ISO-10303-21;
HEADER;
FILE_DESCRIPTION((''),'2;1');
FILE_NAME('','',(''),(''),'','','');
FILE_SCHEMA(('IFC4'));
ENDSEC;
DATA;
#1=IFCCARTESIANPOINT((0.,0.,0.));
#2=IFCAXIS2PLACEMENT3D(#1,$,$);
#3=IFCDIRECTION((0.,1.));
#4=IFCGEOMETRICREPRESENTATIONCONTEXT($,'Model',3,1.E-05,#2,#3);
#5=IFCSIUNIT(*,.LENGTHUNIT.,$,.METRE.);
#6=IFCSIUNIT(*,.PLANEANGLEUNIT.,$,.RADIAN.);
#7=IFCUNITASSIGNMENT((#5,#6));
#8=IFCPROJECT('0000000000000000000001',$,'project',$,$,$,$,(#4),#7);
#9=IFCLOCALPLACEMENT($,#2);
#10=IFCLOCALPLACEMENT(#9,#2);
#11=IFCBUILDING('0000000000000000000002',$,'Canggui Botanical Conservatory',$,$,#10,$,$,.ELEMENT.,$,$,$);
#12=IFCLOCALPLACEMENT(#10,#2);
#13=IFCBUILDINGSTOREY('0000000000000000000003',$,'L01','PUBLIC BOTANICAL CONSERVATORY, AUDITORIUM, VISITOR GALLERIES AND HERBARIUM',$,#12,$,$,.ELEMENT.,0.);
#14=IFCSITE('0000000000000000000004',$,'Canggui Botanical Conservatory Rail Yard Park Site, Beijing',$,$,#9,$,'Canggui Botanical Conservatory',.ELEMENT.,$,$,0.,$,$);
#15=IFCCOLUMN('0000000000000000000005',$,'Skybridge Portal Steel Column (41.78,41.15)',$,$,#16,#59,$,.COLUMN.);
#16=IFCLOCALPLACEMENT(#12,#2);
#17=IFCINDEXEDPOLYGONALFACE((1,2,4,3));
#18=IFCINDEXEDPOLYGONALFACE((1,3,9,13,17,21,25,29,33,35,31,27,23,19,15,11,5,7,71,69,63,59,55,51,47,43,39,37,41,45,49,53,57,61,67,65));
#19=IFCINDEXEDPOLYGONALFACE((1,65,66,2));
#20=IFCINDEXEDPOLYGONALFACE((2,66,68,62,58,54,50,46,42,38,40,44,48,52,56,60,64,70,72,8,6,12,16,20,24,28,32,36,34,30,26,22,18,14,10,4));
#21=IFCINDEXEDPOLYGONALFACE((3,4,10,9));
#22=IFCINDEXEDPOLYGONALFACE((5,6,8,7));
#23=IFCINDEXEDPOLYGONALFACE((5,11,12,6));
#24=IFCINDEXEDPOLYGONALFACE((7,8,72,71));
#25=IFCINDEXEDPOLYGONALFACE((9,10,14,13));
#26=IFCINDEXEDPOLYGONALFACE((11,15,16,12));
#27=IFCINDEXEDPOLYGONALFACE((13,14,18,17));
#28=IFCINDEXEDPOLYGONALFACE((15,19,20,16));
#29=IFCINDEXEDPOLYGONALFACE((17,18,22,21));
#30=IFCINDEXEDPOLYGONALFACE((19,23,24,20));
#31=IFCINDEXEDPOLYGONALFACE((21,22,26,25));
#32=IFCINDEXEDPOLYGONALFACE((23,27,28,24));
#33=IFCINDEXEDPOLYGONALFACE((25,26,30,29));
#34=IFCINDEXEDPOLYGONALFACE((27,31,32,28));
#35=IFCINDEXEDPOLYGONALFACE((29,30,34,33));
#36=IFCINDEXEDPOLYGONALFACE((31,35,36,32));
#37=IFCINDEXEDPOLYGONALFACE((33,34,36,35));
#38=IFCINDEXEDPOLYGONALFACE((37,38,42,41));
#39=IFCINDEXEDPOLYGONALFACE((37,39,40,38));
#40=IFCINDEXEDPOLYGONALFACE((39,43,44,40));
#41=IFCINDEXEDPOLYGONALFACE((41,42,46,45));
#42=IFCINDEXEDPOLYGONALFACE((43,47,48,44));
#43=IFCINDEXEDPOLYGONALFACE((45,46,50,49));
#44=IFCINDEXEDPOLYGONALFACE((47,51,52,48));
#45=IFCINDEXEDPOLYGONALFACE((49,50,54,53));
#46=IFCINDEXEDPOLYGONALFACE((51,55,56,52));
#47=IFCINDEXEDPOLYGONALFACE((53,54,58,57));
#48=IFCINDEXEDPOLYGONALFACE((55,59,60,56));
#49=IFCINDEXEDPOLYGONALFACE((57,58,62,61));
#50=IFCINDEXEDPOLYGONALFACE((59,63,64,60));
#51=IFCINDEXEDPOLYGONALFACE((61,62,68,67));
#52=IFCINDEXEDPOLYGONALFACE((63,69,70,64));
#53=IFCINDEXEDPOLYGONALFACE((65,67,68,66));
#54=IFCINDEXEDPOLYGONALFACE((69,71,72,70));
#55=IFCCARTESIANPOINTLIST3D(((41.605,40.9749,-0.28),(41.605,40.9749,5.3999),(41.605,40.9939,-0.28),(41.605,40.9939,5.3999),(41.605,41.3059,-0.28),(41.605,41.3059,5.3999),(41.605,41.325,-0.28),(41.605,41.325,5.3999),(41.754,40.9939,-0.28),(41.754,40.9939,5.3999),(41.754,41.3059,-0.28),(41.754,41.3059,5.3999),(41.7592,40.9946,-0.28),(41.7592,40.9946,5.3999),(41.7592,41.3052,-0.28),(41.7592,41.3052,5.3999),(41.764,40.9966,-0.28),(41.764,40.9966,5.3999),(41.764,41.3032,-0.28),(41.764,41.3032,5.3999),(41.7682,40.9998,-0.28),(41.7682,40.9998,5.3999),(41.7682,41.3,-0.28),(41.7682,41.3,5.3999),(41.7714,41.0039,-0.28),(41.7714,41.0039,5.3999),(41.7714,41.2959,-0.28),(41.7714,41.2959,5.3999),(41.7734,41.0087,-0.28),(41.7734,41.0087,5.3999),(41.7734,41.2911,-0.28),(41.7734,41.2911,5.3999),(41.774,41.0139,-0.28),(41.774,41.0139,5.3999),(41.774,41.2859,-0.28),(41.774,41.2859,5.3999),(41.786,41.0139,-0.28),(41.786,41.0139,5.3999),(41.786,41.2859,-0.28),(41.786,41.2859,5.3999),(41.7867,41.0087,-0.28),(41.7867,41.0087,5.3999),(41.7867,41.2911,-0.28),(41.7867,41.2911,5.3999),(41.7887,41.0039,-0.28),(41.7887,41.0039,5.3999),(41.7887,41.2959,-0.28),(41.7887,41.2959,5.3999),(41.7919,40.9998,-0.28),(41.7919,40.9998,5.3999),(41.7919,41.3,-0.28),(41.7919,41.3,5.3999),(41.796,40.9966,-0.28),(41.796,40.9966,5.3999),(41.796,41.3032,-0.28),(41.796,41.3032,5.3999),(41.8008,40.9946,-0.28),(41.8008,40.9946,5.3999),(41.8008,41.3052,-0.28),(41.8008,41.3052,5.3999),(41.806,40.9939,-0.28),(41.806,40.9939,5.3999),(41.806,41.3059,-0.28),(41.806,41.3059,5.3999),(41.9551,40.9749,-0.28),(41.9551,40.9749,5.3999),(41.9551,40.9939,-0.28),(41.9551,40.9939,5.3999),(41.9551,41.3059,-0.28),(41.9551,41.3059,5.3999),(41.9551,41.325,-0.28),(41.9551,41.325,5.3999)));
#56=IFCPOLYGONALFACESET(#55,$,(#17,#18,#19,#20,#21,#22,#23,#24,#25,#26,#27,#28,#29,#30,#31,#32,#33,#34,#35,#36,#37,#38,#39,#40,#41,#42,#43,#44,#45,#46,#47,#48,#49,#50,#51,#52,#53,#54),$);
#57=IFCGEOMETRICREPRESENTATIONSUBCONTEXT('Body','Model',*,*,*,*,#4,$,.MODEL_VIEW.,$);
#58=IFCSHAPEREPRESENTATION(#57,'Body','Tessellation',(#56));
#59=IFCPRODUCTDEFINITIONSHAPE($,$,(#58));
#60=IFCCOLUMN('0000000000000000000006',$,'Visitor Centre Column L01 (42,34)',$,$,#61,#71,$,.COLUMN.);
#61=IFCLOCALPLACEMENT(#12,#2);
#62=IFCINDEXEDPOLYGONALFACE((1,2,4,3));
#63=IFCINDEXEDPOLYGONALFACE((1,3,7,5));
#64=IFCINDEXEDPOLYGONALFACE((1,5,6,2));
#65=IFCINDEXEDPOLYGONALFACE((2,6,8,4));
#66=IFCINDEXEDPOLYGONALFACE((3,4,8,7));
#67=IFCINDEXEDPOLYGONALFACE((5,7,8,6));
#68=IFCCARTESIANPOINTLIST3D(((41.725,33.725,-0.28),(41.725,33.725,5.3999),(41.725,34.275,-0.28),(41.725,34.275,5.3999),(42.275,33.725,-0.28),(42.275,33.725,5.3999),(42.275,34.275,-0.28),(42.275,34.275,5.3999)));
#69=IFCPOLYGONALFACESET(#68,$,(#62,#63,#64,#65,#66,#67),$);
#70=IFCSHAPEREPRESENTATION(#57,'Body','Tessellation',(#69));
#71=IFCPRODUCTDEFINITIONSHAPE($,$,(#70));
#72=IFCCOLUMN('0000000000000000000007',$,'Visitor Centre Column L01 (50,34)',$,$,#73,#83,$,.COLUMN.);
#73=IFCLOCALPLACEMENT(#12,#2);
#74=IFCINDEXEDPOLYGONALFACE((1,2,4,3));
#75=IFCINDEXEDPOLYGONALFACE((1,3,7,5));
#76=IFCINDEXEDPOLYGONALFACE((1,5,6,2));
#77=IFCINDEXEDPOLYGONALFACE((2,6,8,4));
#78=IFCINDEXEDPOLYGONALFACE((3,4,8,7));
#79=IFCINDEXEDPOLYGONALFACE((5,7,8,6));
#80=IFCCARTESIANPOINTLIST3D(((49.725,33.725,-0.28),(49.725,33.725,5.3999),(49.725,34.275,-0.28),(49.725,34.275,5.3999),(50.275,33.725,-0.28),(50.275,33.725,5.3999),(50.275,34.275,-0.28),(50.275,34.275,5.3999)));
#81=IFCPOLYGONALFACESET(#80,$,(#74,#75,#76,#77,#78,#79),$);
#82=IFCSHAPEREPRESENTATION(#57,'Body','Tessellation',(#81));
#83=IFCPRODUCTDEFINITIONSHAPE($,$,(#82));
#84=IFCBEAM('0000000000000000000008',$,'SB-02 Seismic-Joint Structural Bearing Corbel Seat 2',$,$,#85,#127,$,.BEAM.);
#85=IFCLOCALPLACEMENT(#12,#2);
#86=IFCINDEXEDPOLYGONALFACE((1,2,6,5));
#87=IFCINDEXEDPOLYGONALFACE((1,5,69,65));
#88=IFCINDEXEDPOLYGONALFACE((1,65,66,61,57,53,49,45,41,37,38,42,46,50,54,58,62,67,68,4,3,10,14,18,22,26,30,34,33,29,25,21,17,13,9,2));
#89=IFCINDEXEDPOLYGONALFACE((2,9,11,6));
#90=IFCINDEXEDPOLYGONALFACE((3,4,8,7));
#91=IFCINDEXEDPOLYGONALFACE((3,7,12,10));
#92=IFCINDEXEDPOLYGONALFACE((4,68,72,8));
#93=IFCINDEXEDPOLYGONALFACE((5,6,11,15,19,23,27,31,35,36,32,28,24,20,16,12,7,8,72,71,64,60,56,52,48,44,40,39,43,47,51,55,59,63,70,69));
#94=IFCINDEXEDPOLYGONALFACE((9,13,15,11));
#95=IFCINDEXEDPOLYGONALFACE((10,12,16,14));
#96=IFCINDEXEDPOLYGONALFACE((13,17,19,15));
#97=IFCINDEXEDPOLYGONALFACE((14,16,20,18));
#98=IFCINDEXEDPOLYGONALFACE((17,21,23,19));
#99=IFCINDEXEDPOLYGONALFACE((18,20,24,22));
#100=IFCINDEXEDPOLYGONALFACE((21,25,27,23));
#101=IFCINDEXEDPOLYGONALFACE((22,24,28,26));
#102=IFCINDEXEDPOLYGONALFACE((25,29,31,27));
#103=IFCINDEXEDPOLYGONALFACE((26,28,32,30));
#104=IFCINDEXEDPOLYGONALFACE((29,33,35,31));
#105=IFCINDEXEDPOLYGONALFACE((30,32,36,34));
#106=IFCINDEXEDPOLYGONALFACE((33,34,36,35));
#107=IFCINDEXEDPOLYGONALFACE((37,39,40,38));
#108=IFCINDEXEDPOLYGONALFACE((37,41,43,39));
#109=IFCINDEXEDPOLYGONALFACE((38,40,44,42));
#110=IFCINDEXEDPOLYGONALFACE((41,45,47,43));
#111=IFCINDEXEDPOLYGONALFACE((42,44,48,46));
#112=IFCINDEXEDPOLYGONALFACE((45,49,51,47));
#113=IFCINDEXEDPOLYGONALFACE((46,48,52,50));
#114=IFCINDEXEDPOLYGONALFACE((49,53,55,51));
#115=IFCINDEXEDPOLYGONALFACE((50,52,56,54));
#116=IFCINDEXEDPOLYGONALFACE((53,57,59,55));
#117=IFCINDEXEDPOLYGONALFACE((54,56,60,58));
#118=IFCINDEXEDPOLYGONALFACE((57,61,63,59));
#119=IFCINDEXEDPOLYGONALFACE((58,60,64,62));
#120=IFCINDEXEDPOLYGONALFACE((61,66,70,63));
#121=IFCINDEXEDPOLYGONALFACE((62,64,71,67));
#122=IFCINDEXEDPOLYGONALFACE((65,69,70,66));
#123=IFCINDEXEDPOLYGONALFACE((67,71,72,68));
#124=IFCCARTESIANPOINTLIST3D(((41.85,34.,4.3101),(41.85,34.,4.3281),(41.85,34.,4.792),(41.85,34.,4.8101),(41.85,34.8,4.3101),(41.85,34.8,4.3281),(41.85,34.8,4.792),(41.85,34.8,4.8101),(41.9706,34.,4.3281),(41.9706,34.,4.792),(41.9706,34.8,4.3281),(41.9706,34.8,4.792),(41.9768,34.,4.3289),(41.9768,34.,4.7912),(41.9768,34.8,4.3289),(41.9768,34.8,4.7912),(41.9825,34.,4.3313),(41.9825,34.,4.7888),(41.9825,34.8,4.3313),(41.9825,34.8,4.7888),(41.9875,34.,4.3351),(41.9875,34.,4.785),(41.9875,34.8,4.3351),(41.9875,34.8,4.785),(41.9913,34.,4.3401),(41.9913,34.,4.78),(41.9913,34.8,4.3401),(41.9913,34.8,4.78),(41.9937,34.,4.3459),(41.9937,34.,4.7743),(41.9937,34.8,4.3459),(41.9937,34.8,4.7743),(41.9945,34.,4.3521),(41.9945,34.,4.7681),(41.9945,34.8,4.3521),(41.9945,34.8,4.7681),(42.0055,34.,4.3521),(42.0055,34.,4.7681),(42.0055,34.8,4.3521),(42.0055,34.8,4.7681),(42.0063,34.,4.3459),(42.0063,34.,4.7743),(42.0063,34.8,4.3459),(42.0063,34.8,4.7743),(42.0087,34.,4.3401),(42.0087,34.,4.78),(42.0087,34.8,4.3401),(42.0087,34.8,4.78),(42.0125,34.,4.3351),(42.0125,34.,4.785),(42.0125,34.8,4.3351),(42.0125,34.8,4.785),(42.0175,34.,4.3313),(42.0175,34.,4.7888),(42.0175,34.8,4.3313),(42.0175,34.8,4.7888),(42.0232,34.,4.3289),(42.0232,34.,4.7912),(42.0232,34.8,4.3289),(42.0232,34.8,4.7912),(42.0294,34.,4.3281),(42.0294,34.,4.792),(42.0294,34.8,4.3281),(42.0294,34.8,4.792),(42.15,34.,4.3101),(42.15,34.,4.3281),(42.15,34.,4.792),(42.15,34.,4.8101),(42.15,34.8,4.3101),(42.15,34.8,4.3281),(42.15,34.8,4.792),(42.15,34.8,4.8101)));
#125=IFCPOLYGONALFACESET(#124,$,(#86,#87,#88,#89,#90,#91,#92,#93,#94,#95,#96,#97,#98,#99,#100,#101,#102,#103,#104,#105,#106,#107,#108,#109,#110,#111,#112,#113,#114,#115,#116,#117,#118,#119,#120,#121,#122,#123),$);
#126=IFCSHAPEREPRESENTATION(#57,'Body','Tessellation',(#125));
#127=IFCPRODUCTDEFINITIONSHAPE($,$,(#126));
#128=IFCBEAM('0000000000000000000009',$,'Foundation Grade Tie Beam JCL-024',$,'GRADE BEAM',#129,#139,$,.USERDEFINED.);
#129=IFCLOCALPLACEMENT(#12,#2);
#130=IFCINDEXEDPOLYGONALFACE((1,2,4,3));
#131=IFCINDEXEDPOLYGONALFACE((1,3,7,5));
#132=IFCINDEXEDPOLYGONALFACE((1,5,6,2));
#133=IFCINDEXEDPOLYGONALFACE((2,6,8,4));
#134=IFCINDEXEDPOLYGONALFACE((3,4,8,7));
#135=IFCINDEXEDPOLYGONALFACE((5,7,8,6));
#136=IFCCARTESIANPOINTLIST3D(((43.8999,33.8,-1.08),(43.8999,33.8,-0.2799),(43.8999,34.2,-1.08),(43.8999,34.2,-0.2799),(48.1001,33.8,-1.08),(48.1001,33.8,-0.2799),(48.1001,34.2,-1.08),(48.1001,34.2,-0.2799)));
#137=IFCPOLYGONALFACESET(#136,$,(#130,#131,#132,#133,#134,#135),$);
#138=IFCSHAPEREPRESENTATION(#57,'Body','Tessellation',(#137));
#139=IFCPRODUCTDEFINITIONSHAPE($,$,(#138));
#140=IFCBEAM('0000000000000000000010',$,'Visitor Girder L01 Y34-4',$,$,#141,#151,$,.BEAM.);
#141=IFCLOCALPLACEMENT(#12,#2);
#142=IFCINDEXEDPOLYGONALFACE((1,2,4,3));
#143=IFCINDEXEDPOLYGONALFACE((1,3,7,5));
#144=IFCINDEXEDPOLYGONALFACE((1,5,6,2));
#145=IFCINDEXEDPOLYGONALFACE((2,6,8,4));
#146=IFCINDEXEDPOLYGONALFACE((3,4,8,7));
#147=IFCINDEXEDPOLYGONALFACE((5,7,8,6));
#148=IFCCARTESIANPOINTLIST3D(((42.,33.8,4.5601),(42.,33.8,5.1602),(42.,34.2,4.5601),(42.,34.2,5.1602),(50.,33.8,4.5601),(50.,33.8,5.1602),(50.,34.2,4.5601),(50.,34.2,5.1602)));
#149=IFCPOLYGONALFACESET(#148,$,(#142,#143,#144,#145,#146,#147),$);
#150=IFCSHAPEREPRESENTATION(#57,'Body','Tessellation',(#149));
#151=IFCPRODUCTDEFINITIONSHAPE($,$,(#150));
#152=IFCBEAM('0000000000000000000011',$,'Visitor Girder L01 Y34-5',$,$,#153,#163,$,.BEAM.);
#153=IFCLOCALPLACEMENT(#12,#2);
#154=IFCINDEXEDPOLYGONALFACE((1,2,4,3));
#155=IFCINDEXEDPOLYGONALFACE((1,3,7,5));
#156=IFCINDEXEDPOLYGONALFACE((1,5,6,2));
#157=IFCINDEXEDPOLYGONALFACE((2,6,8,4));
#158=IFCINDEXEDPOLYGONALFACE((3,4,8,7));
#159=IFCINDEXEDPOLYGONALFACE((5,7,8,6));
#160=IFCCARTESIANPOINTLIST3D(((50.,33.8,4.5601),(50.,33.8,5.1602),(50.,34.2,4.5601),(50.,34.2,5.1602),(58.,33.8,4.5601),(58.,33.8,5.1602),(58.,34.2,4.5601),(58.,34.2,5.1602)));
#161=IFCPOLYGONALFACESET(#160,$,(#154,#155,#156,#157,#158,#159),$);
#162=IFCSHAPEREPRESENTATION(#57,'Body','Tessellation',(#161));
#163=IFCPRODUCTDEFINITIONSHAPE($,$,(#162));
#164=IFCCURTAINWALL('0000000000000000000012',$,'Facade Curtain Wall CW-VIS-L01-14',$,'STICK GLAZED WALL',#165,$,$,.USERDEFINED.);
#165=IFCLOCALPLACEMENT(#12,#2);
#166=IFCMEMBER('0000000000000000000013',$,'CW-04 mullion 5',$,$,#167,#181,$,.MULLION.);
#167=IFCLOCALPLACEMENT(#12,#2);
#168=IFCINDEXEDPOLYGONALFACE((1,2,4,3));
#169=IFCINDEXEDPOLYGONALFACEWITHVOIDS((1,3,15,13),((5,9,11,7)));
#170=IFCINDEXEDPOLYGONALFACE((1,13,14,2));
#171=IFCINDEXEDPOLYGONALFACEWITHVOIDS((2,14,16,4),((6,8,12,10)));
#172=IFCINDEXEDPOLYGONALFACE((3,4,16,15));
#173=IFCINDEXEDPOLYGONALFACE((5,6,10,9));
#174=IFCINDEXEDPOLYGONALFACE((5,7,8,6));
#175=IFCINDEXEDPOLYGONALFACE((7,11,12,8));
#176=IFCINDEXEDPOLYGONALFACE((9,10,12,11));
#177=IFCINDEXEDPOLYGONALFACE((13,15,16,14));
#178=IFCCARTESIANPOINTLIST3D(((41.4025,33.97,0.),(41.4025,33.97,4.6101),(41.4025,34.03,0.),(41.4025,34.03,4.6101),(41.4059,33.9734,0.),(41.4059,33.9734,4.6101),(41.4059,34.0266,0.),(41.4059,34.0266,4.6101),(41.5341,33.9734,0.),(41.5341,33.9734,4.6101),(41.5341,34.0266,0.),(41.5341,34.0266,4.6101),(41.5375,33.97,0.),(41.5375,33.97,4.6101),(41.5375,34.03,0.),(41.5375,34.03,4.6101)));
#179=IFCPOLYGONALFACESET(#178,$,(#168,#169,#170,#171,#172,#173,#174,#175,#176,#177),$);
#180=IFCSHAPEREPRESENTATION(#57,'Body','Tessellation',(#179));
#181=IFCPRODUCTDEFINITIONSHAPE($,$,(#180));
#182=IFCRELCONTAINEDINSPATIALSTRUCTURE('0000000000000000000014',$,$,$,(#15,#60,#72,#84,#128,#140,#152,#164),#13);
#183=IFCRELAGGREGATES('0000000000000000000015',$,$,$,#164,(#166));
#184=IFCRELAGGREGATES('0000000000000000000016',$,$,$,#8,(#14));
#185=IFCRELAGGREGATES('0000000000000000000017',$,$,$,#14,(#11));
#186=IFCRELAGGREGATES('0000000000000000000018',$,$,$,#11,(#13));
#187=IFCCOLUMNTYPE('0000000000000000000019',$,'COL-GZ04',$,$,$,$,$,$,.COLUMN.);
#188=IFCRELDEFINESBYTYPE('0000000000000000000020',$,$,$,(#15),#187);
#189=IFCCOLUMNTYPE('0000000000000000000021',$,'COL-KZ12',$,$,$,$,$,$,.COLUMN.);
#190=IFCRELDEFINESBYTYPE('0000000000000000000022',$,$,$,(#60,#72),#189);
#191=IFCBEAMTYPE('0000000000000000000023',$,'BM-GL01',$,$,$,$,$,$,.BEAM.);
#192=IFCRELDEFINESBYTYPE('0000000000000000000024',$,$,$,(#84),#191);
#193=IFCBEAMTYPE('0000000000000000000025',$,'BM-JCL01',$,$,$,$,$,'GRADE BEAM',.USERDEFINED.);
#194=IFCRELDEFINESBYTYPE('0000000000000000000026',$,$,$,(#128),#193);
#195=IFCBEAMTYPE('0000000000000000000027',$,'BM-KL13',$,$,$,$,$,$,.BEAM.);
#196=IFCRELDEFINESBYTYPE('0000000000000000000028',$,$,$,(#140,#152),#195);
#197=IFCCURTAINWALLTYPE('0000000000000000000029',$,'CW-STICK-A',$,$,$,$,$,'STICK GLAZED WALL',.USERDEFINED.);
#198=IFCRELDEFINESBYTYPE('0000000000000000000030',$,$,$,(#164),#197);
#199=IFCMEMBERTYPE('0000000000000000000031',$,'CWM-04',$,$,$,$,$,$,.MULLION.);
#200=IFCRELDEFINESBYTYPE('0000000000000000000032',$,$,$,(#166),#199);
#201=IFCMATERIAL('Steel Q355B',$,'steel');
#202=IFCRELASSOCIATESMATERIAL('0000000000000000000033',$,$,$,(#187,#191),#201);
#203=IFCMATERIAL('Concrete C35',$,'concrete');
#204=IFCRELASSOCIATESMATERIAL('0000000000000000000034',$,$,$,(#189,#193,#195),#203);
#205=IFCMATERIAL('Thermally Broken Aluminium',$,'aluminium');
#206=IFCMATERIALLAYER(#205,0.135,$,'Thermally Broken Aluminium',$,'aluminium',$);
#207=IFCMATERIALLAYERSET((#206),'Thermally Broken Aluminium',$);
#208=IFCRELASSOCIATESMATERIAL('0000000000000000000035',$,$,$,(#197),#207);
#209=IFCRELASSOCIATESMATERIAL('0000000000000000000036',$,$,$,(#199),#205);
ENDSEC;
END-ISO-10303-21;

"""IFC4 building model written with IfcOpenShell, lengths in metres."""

from ifc_helpers import new_model, si_unit, direction, frame, origin, origin_2d, place, context, subcontext, project, spatial, rectangle, hollow_rectangle, i_section, extrude, material, layer, layer_set, material_profile, profile_set, type_object, element, aggregate, save


model = new_model("IFC4")

# Units and contexts
model_context = context("Model", 3, precision=1e-05, world=origin(), true_north=direction((0.0, 1.0)))
body_context = subcontext(model_context, "Body", "Model", "MODEL_VIEW")
ifc_project = project(units=[si_unit("LENGTHUNIT", "METRE"), si_unit("PLANEANGLEUNIT", "RADIAN")], contexts=[model_context])

# Site, building, storey
site_placement = place(None, origin())
site = spatial("IfcSite", under=ifc_project, at=site_placement, Name="Canggui Botanical Conservatory Rail Yard Park Site, Beijing", LongName="Canggui Botanical Conservatory", CompositionType="ELEMENT", RefElevation=0.0)
building_placement = place(site_placement, origin())
building = spatial("IfcBuilding", under=site, at=building_placement, Name="Canggui Botanical Conservatory", CompositionType="ELEMENT")
storey_placement = place(building_placement, origin())
storey = spatial("IfcBuildingStorey", under=building, at=storey_placement, Name="L01", Description="PUBLIC BOTANICAL CONSERVATORY, AUDITORIUM, VISITOR GALLERIES AND HERBARIUM", CompositionType="ELEMENT", Elevation=0.0)

# Shared definitions
ifc_material_1 = material(Name="Concrete C35", Category="concrete")

# Columns
ifc_material_2 = material(Name="Steel Q355B", Category="steel")
ifc_material_profile_1 = material_profile(ifc_material_2, i_section(OverallWidth=0.3501, OverallDepth=0.3501, WebThickness=0.012, FlangeThickness=0.019, FilletRadius=0.02, at=origin_2d()), Name="HW 350x350x12x19")
ifc_profile_set_1 = profile_set([ifc_material_profile_1], Name="Steel Q355B")
column_type_1 = type_object("IfcColumnType", Name="COL-GZ04", PredefinedType="COLUMN", material=ifc_profile_set_1)
column_placement = place(storey_placement, frame((41.78, 41.1499, -0.28), z_axis=(0.0, 0.0, 1.0), x_axis=(1.0, 0.0, 0.0)))
element("IfcColumn", 1, at=column_placement, inside=storey, type_object=column_type_1, Name="Skybridge Portal Steel Column (41.78,41.15)", PredefinedType="COLUMN", context=body_context, shape_type="SweptSolid", body=[
    extrude(i_section(OverallWidth=0.3501, OverallDepth=0.3501, WebThickness=0.012, FlangeThickness=0.019, FilletRadius=0.02, at=origin_2d()), origin(), (0.0, 0.0, 1.0), 5.6799),
])
ifc_material_profile_2 = material_profile(ifc_material_1, rectangle(XDim=0.55, YDim=0.55, at=origin_2d()), Name="RC 550x550")
ifc_profile_set_2 = profile_set([ifc_material_profile_2], Name="Concrete C35")
column_type_2 = type_object("IfcColumnType", Name="COL-KZ12", PredefinedType="COLUMN", material=ifc_profile_set_2)
for number, where, z_axis, x_axis, name in (
    (2, (42.0, 34.0, -0.28), (0.0, 0.0, 1.0), (1.0, 0.0, 0.0), "Visitor Centre Column L01 (42,34)"),
    (3, (50.0, 34.0, -0.28), (0.0, 0.0, 1.0), (1.0, 0.0, 0.0), "Visitor Centre Column L01 (50,34)"),
):
    element("IfcColumn", number, at=place(storey_placement, frame(where, z_axis=z_axis, x_axis=x_axis)), inside=storey, type_object=column_type_2, Name=name, PredefinedType="COLUMN", context=body_context, shape_type="SweptSolid", body=[
        extrude(rectangle(XDim=0.55, YDim=0.55, at=origin_2d()), origin(), (0.0, 0.0, 1.0), 5.6799),
    ])

# Beams
ifc_material_profile_3 = material_profile(ifc_material_2, i_section(OverallWidth=0.3, OverallDepth=0.5, WebThickness=0.011, FlangeThickness=0.0181, FilletRadius=0.0239, at=origin_2d()), Name="HM 500x300x11x18")
ifc_profile_set_3 = profile_set([ifc_material_profile_3], Name="Steel Q355B")
beam_type_1 = type_object("IfcBeamType", Name="BM-GL01", PredefinedType="BEAM", material=ifc_profile_set_3)
beam_1_placement = place(storey_placement, frame((42.0, 34.0, 4.5601), z_axis=(0.0, 1.0, 0.0), x_axis=(-1.0, 0.0, 0.0)))
element("IfcBeam", 4, at=beam_1_placement, inside=storey, type_object=beam_type_1, Name="SB-02 Seismic-Joint Structural Bearing Corbel Seat 2", PredefinedType="BEAM", context=body_context, shape_type="SweptSolid", body=[
    extrude(i_section(OverallWidth=0.3, OverallDepth=0.5, WebThickness=0.011, FlangeThickness=0.0181, FilletRadius=0.0239, at=origin_2d()), origin(), (0.0, 0.0, 1.0), 0.8),
])
ifc_material_profile_4 = material_profile(ifc_material_1, rectangle(XDim=0.3999, YDim=0.8, at=origin_2d()), Name="RB 400x800")
ifc_profile_set_4 = profile_set([ifc_material_profile_4], Name="Concrete C35")
beam_type_2 = type_object("IfcBeamType", Name="BM-JCL01", ElementType="GRADE BEAM", PredefinedType="USERDEFINED", material=ifc_profile_set_4)
beam_2_placement = place(storey_placement, frame((43.8999, 34.0, -0.6799), z_axis=(1.0, 0.0, 0.0), x_axis=(0.0, 1.0, 0.0)))
element("IfcBeam", 5, at=beam_2_placement, inside=storey, type_object=beam_type_2, Name="Foundation Grade Tie Beam JCL-024", ObjectType="GRADE BEAM", PredefinedType="USERDEFINED", context=body_context, shape_type="SweptSolid", body=[
    extrude(rectangle(XDim=0.3999, YDim=0.8, at=origin_2d()), origin(), (0.0, 0.0, 1.0), 4.2002),
])
ifc_material_profile_5 = material_profile(ifc_material_1, rectangle(XDim=0.3999, YDim=0.6001, at=origin_2d()), Name="RB 400x600")
ifc_profile_set_5 = profile_set([ifc_material_profile_5], Name="Concrete C35")
beam_type_3 = type_object("IfcBeamType", Name="BM-KL13", PredefinedType="BEAM", material=ifc_profile_set_5)
for number, where, z_axis, x_axis, name in (
    (6, (42.0, 34.0, 4.8601), (1.0, 0.0, 0.0), (0.0, 1.0, 0.0), "Visitor Girder L01 Y34-4"),
    (7, (50.0, 34.0, 4.8601), (1.0, 0.0, 0.0), (0.0, 1.0, 0.0), "Visitor Girder L01 Y34-5"),
):
    element("IfcBeam", number, at=place(storey_placement, frame(where, z_axis=z_axis, x_axis=x_axis)), inside=storey, type_object=beam_type_3, Name=name, PredefinedType="BEAM", context=body_context, shape_type="SweptSolid", body=[
        extrude(rectangle(XDim=0.3999, YDim=0.6001, at=origin_2d()), origin(), (0.0, 0.0, 1.0), 8.0),
    ])

# Curtain wall, member
ifc_material_3 = material(Name="Thermally Broken Aluminium", Category="aluminium")
ifc_layer_1 = layer(ifc_material_3, 0.135, Name="Thermally Broken Aluminium", Category="aluminium")
ifc_layer_set_1 = layer_set([ifc_layer_1], Name="Thermally Broken Aluminium")
curtain_wall_type = type_object("IfcCurtainWallType", Name="CW-STICK-A", ElementType="STICK GLAZED WALL", PredefinedType="USERDEFINED", material=ifc_layer_set_1)
curtain_wall_1_placement = place(storey_placement, origin())
curtain_wall_1 = element("IfcCurtainWall", 8, at=curtain_wall_1_placement, inside=storey, type_object=curtain_wall_type, Name="Facade Curtain Wall CW-VIS-L01-14", ObjectType="STICK GLAZED WALL", PredefinedType="USERDEFINED")
ifc_material_profile_6 = material_profile(ifc_material_3, hollow_rectangle(XDim=0.0601, YDim=0.135, WallThickness=0.0034, at=origin_2d()), Name="CWM 60x135x3.5")
ifc_profile_set_6 = profile_set([ifc_material_profile_6], Name="Thermally Broken Aluminium")
member_type_1 = type_object("IfcMemberType", Name="CWM-04", PredefinedType="MULLION", material=ifc_profile_set_6)
member_1_placement = place(storey_placement, frame((41.47, 34.0, 0.0), z_axis=(0.0, 0.0, 1.0), x_axis=(0.0, 1.0, 0.0)))
member_1 = element("IfcMember", 9, at=member_1_placement, type_object=member_type_1, Name="CW-04 mullion 5", PredefinedType="MULLION", context=body_context, shape_type="SweptSolid", body=[
    extrude(hollow_rectangle(XDim=0.0601, YDim=0.135, WallThickness=0.0034, at=origin_2d()), origin(), (0.0, 0.0, 1.0), 4.6101),
])
aggregate(curtain_wall_1, [member_1])

save(model, "model.ifc")
